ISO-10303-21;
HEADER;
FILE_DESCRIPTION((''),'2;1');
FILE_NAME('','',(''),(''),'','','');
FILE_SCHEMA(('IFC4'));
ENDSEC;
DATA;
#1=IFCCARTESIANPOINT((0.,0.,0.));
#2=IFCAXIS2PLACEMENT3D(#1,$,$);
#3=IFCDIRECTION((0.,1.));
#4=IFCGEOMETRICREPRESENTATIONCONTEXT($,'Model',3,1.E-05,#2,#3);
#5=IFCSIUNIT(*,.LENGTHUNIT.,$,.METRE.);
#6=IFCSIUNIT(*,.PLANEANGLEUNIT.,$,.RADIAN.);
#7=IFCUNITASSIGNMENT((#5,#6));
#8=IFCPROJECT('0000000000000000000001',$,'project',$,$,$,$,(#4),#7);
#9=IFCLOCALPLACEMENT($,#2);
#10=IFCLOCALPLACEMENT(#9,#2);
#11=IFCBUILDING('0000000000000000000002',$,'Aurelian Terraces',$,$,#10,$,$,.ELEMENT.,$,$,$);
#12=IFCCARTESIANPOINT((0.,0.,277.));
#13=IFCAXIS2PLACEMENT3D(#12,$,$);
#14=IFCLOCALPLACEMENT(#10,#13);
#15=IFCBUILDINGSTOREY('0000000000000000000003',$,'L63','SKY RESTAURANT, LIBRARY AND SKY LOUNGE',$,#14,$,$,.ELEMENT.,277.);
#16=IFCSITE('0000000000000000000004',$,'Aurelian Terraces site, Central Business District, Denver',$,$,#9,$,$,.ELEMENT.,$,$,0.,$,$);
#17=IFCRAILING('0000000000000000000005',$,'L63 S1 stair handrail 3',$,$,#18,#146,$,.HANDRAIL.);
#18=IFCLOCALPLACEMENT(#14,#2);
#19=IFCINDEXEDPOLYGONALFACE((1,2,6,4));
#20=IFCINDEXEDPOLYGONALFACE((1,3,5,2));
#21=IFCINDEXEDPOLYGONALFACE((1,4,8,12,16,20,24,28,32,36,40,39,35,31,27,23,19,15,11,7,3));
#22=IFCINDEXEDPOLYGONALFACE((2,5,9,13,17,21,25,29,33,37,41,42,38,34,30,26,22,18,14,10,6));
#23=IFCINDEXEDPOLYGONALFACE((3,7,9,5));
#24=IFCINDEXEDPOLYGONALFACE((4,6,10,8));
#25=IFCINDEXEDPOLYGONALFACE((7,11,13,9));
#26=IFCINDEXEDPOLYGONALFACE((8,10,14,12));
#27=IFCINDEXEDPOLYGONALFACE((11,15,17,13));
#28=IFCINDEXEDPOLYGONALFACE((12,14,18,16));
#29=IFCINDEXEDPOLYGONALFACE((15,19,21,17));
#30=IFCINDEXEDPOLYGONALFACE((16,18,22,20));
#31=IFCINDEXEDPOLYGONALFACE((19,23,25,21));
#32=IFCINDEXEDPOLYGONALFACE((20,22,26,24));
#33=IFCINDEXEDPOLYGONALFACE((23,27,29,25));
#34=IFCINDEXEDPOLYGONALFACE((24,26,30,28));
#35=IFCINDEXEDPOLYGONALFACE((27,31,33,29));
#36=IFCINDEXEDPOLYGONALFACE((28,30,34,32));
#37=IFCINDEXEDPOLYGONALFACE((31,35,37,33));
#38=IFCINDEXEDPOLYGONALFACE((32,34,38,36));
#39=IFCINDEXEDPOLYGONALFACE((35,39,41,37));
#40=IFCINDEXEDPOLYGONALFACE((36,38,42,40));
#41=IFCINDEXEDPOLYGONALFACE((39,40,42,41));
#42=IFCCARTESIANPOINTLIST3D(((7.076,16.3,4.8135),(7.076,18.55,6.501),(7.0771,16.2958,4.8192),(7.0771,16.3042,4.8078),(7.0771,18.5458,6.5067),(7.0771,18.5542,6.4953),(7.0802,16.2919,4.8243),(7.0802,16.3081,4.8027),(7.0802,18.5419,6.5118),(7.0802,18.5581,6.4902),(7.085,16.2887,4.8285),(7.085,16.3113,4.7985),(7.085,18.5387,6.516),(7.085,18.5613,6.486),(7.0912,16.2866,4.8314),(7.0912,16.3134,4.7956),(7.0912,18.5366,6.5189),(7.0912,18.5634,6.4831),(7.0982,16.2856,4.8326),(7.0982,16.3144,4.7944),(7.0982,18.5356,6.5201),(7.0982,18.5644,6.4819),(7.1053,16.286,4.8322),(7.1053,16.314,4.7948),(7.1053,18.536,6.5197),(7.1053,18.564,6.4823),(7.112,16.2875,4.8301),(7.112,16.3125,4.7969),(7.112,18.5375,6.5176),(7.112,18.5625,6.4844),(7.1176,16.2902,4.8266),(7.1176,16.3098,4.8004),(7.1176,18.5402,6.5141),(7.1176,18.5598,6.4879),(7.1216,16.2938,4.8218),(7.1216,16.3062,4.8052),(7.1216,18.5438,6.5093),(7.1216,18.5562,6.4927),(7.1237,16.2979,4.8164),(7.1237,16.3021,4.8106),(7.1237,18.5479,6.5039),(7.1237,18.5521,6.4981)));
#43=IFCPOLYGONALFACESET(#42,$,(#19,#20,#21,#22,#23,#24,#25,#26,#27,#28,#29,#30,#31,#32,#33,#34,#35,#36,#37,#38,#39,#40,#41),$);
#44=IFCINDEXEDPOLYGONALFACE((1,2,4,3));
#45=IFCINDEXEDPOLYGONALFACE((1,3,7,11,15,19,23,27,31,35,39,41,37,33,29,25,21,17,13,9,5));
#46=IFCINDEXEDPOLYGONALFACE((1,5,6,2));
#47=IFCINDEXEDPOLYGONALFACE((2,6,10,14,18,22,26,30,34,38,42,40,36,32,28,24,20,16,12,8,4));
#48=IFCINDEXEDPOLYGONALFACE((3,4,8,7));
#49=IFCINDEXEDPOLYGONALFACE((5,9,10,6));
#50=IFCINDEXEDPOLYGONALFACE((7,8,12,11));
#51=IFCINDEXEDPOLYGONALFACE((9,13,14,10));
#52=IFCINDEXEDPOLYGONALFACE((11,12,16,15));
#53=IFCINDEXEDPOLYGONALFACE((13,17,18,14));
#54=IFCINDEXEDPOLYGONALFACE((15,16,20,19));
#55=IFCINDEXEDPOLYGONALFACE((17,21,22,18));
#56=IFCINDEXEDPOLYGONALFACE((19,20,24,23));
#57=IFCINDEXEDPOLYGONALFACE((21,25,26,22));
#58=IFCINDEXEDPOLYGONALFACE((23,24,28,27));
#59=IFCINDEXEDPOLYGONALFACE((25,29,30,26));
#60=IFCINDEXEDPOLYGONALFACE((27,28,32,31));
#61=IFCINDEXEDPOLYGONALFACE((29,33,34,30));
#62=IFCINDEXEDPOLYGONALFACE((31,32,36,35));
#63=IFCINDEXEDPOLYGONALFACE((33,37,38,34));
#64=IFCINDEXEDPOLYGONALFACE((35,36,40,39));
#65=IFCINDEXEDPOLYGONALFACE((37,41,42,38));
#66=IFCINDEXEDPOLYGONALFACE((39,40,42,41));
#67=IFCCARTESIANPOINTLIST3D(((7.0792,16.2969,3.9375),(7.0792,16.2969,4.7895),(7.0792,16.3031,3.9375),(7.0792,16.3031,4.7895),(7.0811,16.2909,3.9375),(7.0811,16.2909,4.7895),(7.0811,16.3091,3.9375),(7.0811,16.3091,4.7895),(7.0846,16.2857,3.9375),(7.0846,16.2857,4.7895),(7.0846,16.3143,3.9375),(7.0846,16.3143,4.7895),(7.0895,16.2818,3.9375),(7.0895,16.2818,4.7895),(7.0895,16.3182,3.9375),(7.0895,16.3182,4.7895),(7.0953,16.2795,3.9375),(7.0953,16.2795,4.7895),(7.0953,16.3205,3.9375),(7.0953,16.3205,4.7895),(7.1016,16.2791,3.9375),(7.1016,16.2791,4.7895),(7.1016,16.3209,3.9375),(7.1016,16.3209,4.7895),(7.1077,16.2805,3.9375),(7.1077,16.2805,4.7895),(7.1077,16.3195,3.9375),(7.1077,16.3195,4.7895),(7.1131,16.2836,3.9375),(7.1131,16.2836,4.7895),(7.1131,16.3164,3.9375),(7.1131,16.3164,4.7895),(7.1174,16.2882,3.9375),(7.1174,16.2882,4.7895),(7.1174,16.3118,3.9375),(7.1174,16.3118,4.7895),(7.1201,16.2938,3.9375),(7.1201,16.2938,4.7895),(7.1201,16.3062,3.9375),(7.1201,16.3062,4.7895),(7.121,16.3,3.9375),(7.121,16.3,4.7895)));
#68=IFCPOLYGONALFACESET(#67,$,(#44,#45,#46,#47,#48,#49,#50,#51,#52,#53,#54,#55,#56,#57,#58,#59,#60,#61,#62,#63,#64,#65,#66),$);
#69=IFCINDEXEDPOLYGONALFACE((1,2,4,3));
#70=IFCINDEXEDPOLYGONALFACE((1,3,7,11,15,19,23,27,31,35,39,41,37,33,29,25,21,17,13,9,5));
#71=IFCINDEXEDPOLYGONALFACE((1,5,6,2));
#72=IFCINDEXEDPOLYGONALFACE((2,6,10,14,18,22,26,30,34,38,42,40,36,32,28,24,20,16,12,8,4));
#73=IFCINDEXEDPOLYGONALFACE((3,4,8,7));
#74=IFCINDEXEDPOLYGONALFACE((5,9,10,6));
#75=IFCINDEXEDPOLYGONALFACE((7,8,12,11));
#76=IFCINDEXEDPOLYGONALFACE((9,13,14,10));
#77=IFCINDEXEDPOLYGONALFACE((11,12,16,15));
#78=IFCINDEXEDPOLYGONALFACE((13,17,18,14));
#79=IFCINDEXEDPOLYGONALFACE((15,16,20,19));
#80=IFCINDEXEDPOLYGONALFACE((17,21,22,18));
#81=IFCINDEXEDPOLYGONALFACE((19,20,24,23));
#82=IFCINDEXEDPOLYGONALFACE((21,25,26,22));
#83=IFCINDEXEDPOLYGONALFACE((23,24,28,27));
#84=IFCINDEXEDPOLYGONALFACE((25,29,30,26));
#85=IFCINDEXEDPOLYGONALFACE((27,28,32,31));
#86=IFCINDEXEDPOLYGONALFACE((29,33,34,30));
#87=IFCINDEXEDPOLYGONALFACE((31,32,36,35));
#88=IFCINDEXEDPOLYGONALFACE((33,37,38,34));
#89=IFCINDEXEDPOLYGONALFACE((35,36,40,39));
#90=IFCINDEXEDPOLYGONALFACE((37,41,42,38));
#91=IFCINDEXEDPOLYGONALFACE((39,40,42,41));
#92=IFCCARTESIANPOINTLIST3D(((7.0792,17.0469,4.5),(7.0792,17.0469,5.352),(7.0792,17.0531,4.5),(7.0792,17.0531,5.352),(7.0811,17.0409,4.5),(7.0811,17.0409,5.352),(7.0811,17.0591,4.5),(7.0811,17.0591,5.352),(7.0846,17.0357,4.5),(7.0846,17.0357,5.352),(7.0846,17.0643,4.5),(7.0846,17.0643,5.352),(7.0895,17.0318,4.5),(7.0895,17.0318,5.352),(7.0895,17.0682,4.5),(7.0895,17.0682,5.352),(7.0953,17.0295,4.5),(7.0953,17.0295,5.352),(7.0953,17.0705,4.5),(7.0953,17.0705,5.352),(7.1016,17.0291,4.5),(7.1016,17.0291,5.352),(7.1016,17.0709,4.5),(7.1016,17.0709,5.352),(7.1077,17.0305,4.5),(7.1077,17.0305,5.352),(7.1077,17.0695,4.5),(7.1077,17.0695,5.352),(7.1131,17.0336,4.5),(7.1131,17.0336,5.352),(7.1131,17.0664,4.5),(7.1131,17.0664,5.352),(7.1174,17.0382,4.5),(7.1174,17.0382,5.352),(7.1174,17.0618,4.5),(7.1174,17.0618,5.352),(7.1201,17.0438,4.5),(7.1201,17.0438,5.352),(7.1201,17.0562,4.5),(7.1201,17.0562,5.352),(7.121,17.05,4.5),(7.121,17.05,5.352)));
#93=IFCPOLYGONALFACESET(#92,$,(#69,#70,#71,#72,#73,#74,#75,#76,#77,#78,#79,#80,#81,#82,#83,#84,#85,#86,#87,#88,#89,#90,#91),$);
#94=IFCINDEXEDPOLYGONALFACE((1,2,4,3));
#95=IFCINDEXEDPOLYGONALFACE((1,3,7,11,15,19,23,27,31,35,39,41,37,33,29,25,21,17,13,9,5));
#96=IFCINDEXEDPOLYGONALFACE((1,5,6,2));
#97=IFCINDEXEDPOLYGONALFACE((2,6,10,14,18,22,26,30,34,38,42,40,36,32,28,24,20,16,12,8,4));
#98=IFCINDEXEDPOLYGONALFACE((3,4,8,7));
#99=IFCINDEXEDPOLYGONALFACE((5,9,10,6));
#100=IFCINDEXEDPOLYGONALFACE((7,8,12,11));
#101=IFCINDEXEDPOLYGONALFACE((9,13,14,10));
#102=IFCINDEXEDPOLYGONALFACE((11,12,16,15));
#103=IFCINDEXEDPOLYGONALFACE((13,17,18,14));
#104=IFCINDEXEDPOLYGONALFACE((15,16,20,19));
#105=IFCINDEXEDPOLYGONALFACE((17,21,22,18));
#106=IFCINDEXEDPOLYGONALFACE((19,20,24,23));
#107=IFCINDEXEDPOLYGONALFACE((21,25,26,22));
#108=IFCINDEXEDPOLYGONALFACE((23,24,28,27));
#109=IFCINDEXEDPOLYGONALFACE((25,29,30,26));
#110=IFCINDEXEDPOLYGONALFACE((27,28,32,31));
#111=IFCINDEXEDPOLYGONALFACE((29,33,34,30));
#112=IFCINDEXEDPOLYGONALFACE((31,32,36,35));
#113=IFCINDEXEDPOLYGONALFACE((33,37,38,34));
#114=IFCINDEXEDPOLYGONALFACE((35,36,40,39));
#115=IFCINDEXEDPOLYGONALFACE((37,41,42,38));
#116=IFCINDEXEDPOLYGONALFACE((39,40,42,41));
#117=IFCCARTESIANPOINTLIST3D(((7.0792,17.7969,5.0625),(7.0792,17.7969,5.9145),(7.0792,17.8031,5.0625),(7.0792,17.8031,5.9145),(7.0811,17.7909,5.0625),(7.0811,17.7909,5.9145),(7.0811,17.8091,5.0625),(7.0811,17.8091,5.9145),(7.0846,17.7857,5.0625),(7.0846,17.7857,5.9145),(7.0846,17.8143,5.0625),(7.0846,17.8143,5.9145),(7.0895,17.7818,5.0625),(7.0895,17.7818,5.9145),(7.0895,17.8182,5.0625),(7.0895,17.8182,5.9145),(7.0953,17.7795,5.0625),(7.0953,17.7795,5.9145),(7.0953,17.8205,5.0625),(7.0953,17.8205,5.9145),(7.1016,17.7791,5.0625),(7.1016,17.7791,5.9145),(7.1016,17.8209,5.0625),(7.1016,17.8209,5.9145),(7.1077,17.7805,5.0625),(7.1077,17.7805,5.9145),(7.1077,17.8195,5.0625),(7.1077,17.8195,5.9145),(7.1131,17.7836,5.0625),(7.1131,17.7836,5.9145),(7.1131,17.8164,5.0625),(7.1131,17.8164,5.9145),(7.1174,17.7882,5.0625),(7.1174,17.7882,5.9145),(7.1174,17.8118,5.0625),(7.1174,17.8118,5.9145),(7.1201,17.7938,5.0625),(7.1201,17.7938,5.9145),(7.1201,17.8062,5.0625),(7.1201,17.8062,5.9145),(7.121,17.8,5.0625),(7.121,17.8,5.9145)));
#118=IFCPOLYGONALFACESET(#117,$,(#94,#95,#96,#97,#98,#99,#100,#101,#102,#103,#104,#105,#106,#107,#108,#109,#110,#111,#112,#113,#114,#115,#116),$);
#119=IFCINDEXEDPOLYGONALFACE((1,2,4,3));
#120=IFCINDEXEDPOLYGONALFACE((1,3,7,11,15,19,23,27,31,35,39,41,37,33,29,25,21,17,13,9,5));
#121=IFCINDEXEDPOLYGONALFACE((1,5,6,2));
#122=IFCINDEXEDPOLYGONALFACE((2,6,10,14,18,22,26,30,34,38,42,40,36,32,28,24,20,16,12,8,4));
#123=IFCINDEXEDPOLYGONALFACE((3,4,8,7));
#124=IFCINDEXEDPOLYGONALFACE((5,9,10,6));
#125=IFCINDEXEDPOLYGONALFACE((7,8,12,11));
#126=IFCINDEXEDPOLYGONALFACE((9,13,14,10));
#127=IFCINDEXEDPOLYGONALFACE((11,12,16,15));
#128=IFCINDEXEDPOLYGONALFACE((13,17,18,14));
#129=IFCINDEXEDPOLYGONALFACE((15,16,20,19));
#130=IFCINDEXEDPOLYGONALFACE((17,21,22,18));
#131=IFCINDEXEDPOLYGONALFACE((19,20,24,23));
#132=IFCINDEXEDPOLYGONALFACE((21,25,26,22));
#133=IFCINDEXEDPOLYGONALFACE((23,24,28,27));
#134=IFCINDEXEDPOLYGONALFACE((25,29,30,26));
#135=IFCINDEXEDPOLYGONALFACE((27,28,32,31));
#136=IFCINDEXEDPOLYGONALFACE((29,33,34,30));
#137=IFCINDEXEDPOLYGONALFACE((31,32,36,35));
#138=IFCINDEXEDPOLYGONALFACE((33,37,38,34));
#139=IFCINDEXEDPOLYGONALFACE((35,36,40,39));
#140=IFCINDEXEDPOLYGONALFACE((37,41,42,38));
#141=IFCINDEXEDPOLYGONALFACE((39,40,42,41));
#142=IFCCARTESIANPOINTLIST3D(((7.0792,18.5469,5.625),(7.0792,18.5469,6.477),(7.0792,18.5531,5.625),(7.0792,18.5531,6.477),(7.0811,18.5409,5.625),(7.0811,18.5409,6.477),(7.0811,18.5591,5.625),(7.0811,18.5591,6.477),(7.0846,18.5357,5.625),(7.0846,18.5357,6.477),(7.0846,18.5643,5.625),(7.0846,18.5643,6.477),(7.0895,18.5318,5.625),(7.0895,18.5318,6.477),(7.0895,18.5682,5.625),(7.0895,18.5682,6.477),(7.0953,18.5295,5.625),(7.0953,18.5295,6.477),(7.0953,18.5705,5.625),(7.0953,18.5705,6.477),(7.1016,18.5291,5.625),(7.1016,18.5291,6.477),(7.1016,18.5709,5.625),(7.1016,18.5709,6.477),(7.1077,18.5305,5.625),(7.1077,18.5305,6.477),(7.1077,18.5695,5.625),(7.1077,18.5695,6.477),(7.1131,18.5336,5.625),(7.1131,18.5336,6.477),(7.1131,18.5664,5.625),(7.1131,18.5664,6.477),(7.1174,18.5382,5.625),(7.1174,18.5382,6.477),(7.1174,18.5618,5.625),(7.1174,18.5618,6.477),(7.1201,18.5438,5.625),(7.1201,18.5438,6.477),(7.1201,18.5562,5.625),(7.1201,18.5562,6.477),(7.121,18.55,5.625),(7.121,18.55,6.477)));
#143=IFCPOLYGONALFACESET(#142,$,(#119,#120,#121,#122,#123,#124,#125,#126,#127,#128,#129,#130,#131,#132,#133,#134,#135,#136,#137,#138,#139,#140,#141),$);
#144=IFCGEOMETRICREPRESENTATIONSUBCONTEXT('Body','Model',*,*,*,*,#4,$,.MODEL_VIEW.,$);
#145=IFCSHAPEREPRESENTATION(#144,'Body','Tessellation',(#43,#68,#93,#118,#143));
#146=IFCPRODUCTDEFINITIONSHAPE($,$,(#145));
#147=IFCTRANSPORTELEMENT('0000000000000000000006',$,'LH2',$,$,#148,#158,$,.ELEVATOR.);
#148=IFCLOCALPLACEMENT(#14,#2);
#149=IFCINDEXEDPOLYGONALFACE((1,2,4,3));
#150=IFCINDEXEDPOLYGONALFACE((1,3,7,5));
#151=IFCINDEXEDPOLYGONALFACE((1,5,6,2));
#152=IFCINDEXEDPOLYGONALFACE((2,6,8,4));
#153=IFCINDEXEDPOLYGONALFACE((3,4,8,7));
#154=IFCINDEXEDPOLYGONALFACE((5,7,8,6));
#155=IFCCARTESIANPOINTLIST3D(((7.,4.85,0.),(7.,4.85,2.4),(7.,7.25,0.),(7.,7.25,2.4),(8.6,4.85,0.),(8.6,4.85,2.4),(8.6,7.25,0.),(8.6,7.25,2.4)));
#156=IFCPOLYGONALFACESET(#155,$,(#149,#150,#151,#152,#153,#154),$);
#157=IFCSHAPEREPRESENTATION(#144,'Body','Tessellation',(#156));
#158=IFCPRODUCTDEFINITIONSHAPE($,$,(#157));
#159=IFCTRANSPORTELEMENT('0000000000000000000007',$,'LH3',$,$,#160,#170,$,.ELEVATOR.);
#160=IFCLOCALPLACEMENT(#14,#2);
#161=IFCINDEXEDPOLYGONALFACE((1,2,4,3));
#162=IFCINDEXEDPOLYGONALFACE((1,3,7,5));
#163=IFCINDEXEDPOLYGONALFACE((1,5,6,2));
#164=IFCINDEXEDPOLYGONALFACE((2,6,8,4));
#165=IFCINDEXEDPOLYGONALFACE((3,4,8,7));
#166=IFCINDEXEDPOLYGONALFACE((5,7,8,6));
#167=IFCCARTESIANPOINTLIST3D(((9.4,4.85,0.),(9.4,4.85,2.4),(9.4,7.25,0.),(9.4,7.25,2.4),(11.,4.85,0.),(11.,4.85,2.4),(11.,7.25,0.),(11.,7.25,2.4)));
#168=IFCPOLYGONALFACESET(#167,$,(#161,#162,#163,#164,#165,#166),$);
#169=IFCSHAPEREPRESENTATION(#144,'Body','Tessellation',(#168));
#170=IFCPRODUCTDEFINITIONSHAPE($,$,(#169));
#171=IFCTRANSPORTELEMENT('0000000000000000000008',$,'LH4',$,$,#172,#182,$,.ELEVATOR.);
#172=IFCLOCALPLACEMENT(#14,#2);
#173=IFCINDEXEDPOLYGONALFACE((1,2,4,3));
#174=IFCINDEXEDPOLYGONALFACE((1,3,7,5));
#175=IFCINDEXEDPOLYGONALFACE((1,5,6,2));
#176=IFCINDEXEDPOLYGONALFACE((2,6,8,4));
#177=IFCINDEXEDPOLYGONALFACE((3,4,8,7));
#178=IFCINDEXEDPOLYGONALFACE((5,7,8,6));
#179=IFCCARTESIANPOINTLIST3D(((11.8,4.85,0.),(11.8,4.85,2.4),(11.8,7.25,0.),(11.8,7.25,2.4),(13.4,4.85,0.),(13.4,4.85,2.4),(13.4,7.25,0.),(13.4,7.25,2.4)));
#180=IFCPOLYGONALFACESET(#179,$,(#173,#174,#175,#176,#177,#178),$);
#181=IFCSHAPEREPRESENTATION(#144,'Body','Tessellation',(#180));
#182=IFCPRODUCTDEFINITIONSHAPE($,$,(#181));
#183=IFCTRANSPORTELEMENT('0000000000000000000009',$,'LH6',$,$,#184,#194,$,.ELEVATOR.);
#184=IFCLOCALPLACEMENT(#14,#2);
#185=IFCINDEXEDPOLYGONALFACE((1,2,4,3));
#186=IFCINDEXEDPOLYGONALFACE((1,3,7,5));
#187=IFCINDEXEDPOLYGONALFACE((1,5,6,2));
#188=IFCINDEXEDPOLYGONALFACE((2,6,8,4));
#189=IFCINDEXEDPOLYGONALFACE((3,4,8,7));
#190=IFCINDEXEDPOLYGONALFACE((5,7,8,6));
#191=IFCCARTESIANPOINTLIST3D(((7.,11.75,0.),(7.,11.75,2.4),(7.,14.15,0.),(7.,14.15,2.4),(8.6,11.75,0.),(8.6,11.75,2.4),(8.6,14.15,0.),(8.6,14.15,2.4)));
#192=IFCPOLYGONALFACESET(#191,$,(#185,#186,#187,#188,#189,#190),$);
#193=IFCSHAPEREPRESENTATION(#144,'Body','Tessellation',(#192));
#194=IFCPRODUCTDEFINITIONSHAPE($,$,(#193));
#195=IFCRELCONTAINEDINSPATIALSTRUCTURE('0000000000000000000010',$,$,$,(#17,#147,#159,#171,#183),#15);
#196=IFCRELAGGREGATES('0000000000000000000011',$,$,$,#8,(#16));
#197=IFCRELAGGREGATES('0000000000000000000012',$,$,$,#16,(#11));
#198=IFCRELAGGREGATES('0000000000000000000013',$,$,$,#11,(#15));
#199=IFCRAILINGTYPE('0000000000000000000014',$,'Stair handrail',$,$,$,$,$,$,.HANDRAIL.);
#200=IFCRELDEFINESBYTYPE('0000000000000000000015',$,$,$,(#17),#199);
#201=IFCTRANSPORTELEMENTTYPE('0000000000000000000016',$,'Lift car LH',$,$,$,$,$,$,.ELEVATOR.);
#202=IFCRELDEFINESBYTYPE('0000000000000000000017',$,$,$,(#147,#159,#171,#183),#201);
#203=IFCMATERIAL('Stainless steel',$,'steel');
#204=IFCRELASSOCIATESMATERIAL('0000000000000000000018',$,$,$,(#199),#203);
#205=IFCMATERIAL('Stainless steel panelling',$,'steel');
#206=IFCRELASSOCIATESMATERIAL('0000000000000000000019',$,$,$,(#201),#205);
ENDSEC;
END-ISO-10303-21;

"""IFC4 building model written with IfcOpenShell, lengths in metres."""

from ifc_helpers import new_model, si_unit, direction, frame, origin, origin_2d, place, context, subcontext, project, spatial, rectangle, circle, extrude, source, transform, mapped, material, type_object, element, save


model = new_model("IFC4")

# Units and contexts
model_context = context("Model", 3, precision=1e-05, world=origin(), true_north=direction((0.0, 1.0)))
body_context = subcontext(model_context, "Body", "Model", "MODEL_VIEW")
ifc_project = project(units=[si_unit("LENGTHUNIT", "METRE"), si_unit("PLANEANGLEUNIT", "RADIAN")], contexts=[model_context])

# Site, building, storey
site_placement = place(None, origin())
site = spatial("IfcSite", under=ifc_project, at=site_placement, Name="Aurelian Terraces site, Central Business District, Denver", CompositionType="ELEMENT", RefElevation=0.0)
building_placement = place(site_placement, origin())
building = spatial("IfcBuilding", under=site, at=building_placement, Name="Aurelian Terraces", CompositionType="ELEMENT")
storey_placement = place(building_placement, frame((0.0, 0.0, 277.0)))
storey = spatial("IfcBuildingStorey", under=building, at=storey_placement, Name="L63", Description="SKY RESTAURANT, LIBRARY AND SKY LOUNGE", CompositionType="ELEMENT", Elevation=277.0)

# Shared definitions
ifc_material_1 = material(Name="Stainless steel", Category="steel")

# Railing
railing_type = type_object("IfcRailingType", Name="Stair handrail", PredefinedType="HANDRAIL", material=ifc_material_1)
shared_shape_1 = source(origin(), body_context, "Body", "SweptSolid", [
    extrude(circle(Radius=0.024, at=origin_2d()), frame((0.0, 0.0, 0.876), z_axis=(0.0, 0.8, 0.6), x_axis=(-1.0, 0.0, 0.0)), (0.0, 0.0, 1.0), 2.8125),
    extrude(circle(Radius=0.021, at=origin_2d()), origin(), (0.0, 0.0, 1.0), 0.852),
    extrude(circle(Radius=0.021, at=origin_2d()), frame((0.0, 0.75, 0.5625)), (0.0, 0.0, 1.0), 0.852),
    extrude(circle(Radius=0.021, at=origin_2d()), frame((0.0, 1.5, 1.125)), (0.0, 0.0, 1.0), 0.852),
    extrude(circle(Radius=0.021, at=origin_2d()), frame((0.0, 2.25, 1.6875)), (0.0, 0.0, 1.0), 0.852),
])
for number, where, name in (
    (1, (7.1, 16.3, 3.9375), "L63 S1 stair handrail 3"),
):
    element("IfcRailing", number, at=place(storey_placement, frame(where)), inside=storey, type_object=railing_type, Name=name, PredefinedType="HANDRAIL", context=body_context, shape_type="MappedRepresentation", body=[
        mapped(shared_shape_1, transform((0.0, 0.0, 0.0), scale=1.0)),
    ])

# Transport elements
ifc_material_2 = material(Name="Stainless steel panelling", Category="steel")
transport_element_type = type_object("IfcTransportElementType", Name="Lift car LH", PredefinedType="ELEVATOR", material=ifc_material_2)
shared_shape_2 = source(origin(), body_context, "Body", "SweptSolid", [
    extrude(rectangle(XDim=1.6, YDim=2.4, at=origin_2d()), origin(), (0.0, 0.0, 1.0), 2.4),
])
for number, where, z_axis, x_axis, name in (
    (2, (7.8, 6.05, 0.0), (0.0, 0.0, 1.0), (1.0, 0.0, 0.0), "LH2"),
    (3, (10.2, 6.05, 0.0), (0.0, 0.0, 1.0), (1.0, 0.0, 0.0), "LH3"),
    (4, (12.6, 6.05, 0.0), (0.0, 0.0, 1.0), (1.0, 0.0, 0.0), "LH4"),
    (5, (7.8, 12.95, 0.0), (0.0, 0.0, 1.0), (1.0, 0.0, 0.0), "LH6"),
):
    element("IfcTransportElement", number, at=place(storey_placement, frame(where, z_axis=z_axis, x_axis=x_axis)), inside=storey, type_object=transport_element_type, Name=name, PredefinedType="ELEVATOR", context=body_context, shape_type="MappedRepresentation", body=[
        mapped(shared_shape_2, transform((0.0, 0.0, 0.0), scale=1.0)),
    ])

save(model, "model.ifc")
